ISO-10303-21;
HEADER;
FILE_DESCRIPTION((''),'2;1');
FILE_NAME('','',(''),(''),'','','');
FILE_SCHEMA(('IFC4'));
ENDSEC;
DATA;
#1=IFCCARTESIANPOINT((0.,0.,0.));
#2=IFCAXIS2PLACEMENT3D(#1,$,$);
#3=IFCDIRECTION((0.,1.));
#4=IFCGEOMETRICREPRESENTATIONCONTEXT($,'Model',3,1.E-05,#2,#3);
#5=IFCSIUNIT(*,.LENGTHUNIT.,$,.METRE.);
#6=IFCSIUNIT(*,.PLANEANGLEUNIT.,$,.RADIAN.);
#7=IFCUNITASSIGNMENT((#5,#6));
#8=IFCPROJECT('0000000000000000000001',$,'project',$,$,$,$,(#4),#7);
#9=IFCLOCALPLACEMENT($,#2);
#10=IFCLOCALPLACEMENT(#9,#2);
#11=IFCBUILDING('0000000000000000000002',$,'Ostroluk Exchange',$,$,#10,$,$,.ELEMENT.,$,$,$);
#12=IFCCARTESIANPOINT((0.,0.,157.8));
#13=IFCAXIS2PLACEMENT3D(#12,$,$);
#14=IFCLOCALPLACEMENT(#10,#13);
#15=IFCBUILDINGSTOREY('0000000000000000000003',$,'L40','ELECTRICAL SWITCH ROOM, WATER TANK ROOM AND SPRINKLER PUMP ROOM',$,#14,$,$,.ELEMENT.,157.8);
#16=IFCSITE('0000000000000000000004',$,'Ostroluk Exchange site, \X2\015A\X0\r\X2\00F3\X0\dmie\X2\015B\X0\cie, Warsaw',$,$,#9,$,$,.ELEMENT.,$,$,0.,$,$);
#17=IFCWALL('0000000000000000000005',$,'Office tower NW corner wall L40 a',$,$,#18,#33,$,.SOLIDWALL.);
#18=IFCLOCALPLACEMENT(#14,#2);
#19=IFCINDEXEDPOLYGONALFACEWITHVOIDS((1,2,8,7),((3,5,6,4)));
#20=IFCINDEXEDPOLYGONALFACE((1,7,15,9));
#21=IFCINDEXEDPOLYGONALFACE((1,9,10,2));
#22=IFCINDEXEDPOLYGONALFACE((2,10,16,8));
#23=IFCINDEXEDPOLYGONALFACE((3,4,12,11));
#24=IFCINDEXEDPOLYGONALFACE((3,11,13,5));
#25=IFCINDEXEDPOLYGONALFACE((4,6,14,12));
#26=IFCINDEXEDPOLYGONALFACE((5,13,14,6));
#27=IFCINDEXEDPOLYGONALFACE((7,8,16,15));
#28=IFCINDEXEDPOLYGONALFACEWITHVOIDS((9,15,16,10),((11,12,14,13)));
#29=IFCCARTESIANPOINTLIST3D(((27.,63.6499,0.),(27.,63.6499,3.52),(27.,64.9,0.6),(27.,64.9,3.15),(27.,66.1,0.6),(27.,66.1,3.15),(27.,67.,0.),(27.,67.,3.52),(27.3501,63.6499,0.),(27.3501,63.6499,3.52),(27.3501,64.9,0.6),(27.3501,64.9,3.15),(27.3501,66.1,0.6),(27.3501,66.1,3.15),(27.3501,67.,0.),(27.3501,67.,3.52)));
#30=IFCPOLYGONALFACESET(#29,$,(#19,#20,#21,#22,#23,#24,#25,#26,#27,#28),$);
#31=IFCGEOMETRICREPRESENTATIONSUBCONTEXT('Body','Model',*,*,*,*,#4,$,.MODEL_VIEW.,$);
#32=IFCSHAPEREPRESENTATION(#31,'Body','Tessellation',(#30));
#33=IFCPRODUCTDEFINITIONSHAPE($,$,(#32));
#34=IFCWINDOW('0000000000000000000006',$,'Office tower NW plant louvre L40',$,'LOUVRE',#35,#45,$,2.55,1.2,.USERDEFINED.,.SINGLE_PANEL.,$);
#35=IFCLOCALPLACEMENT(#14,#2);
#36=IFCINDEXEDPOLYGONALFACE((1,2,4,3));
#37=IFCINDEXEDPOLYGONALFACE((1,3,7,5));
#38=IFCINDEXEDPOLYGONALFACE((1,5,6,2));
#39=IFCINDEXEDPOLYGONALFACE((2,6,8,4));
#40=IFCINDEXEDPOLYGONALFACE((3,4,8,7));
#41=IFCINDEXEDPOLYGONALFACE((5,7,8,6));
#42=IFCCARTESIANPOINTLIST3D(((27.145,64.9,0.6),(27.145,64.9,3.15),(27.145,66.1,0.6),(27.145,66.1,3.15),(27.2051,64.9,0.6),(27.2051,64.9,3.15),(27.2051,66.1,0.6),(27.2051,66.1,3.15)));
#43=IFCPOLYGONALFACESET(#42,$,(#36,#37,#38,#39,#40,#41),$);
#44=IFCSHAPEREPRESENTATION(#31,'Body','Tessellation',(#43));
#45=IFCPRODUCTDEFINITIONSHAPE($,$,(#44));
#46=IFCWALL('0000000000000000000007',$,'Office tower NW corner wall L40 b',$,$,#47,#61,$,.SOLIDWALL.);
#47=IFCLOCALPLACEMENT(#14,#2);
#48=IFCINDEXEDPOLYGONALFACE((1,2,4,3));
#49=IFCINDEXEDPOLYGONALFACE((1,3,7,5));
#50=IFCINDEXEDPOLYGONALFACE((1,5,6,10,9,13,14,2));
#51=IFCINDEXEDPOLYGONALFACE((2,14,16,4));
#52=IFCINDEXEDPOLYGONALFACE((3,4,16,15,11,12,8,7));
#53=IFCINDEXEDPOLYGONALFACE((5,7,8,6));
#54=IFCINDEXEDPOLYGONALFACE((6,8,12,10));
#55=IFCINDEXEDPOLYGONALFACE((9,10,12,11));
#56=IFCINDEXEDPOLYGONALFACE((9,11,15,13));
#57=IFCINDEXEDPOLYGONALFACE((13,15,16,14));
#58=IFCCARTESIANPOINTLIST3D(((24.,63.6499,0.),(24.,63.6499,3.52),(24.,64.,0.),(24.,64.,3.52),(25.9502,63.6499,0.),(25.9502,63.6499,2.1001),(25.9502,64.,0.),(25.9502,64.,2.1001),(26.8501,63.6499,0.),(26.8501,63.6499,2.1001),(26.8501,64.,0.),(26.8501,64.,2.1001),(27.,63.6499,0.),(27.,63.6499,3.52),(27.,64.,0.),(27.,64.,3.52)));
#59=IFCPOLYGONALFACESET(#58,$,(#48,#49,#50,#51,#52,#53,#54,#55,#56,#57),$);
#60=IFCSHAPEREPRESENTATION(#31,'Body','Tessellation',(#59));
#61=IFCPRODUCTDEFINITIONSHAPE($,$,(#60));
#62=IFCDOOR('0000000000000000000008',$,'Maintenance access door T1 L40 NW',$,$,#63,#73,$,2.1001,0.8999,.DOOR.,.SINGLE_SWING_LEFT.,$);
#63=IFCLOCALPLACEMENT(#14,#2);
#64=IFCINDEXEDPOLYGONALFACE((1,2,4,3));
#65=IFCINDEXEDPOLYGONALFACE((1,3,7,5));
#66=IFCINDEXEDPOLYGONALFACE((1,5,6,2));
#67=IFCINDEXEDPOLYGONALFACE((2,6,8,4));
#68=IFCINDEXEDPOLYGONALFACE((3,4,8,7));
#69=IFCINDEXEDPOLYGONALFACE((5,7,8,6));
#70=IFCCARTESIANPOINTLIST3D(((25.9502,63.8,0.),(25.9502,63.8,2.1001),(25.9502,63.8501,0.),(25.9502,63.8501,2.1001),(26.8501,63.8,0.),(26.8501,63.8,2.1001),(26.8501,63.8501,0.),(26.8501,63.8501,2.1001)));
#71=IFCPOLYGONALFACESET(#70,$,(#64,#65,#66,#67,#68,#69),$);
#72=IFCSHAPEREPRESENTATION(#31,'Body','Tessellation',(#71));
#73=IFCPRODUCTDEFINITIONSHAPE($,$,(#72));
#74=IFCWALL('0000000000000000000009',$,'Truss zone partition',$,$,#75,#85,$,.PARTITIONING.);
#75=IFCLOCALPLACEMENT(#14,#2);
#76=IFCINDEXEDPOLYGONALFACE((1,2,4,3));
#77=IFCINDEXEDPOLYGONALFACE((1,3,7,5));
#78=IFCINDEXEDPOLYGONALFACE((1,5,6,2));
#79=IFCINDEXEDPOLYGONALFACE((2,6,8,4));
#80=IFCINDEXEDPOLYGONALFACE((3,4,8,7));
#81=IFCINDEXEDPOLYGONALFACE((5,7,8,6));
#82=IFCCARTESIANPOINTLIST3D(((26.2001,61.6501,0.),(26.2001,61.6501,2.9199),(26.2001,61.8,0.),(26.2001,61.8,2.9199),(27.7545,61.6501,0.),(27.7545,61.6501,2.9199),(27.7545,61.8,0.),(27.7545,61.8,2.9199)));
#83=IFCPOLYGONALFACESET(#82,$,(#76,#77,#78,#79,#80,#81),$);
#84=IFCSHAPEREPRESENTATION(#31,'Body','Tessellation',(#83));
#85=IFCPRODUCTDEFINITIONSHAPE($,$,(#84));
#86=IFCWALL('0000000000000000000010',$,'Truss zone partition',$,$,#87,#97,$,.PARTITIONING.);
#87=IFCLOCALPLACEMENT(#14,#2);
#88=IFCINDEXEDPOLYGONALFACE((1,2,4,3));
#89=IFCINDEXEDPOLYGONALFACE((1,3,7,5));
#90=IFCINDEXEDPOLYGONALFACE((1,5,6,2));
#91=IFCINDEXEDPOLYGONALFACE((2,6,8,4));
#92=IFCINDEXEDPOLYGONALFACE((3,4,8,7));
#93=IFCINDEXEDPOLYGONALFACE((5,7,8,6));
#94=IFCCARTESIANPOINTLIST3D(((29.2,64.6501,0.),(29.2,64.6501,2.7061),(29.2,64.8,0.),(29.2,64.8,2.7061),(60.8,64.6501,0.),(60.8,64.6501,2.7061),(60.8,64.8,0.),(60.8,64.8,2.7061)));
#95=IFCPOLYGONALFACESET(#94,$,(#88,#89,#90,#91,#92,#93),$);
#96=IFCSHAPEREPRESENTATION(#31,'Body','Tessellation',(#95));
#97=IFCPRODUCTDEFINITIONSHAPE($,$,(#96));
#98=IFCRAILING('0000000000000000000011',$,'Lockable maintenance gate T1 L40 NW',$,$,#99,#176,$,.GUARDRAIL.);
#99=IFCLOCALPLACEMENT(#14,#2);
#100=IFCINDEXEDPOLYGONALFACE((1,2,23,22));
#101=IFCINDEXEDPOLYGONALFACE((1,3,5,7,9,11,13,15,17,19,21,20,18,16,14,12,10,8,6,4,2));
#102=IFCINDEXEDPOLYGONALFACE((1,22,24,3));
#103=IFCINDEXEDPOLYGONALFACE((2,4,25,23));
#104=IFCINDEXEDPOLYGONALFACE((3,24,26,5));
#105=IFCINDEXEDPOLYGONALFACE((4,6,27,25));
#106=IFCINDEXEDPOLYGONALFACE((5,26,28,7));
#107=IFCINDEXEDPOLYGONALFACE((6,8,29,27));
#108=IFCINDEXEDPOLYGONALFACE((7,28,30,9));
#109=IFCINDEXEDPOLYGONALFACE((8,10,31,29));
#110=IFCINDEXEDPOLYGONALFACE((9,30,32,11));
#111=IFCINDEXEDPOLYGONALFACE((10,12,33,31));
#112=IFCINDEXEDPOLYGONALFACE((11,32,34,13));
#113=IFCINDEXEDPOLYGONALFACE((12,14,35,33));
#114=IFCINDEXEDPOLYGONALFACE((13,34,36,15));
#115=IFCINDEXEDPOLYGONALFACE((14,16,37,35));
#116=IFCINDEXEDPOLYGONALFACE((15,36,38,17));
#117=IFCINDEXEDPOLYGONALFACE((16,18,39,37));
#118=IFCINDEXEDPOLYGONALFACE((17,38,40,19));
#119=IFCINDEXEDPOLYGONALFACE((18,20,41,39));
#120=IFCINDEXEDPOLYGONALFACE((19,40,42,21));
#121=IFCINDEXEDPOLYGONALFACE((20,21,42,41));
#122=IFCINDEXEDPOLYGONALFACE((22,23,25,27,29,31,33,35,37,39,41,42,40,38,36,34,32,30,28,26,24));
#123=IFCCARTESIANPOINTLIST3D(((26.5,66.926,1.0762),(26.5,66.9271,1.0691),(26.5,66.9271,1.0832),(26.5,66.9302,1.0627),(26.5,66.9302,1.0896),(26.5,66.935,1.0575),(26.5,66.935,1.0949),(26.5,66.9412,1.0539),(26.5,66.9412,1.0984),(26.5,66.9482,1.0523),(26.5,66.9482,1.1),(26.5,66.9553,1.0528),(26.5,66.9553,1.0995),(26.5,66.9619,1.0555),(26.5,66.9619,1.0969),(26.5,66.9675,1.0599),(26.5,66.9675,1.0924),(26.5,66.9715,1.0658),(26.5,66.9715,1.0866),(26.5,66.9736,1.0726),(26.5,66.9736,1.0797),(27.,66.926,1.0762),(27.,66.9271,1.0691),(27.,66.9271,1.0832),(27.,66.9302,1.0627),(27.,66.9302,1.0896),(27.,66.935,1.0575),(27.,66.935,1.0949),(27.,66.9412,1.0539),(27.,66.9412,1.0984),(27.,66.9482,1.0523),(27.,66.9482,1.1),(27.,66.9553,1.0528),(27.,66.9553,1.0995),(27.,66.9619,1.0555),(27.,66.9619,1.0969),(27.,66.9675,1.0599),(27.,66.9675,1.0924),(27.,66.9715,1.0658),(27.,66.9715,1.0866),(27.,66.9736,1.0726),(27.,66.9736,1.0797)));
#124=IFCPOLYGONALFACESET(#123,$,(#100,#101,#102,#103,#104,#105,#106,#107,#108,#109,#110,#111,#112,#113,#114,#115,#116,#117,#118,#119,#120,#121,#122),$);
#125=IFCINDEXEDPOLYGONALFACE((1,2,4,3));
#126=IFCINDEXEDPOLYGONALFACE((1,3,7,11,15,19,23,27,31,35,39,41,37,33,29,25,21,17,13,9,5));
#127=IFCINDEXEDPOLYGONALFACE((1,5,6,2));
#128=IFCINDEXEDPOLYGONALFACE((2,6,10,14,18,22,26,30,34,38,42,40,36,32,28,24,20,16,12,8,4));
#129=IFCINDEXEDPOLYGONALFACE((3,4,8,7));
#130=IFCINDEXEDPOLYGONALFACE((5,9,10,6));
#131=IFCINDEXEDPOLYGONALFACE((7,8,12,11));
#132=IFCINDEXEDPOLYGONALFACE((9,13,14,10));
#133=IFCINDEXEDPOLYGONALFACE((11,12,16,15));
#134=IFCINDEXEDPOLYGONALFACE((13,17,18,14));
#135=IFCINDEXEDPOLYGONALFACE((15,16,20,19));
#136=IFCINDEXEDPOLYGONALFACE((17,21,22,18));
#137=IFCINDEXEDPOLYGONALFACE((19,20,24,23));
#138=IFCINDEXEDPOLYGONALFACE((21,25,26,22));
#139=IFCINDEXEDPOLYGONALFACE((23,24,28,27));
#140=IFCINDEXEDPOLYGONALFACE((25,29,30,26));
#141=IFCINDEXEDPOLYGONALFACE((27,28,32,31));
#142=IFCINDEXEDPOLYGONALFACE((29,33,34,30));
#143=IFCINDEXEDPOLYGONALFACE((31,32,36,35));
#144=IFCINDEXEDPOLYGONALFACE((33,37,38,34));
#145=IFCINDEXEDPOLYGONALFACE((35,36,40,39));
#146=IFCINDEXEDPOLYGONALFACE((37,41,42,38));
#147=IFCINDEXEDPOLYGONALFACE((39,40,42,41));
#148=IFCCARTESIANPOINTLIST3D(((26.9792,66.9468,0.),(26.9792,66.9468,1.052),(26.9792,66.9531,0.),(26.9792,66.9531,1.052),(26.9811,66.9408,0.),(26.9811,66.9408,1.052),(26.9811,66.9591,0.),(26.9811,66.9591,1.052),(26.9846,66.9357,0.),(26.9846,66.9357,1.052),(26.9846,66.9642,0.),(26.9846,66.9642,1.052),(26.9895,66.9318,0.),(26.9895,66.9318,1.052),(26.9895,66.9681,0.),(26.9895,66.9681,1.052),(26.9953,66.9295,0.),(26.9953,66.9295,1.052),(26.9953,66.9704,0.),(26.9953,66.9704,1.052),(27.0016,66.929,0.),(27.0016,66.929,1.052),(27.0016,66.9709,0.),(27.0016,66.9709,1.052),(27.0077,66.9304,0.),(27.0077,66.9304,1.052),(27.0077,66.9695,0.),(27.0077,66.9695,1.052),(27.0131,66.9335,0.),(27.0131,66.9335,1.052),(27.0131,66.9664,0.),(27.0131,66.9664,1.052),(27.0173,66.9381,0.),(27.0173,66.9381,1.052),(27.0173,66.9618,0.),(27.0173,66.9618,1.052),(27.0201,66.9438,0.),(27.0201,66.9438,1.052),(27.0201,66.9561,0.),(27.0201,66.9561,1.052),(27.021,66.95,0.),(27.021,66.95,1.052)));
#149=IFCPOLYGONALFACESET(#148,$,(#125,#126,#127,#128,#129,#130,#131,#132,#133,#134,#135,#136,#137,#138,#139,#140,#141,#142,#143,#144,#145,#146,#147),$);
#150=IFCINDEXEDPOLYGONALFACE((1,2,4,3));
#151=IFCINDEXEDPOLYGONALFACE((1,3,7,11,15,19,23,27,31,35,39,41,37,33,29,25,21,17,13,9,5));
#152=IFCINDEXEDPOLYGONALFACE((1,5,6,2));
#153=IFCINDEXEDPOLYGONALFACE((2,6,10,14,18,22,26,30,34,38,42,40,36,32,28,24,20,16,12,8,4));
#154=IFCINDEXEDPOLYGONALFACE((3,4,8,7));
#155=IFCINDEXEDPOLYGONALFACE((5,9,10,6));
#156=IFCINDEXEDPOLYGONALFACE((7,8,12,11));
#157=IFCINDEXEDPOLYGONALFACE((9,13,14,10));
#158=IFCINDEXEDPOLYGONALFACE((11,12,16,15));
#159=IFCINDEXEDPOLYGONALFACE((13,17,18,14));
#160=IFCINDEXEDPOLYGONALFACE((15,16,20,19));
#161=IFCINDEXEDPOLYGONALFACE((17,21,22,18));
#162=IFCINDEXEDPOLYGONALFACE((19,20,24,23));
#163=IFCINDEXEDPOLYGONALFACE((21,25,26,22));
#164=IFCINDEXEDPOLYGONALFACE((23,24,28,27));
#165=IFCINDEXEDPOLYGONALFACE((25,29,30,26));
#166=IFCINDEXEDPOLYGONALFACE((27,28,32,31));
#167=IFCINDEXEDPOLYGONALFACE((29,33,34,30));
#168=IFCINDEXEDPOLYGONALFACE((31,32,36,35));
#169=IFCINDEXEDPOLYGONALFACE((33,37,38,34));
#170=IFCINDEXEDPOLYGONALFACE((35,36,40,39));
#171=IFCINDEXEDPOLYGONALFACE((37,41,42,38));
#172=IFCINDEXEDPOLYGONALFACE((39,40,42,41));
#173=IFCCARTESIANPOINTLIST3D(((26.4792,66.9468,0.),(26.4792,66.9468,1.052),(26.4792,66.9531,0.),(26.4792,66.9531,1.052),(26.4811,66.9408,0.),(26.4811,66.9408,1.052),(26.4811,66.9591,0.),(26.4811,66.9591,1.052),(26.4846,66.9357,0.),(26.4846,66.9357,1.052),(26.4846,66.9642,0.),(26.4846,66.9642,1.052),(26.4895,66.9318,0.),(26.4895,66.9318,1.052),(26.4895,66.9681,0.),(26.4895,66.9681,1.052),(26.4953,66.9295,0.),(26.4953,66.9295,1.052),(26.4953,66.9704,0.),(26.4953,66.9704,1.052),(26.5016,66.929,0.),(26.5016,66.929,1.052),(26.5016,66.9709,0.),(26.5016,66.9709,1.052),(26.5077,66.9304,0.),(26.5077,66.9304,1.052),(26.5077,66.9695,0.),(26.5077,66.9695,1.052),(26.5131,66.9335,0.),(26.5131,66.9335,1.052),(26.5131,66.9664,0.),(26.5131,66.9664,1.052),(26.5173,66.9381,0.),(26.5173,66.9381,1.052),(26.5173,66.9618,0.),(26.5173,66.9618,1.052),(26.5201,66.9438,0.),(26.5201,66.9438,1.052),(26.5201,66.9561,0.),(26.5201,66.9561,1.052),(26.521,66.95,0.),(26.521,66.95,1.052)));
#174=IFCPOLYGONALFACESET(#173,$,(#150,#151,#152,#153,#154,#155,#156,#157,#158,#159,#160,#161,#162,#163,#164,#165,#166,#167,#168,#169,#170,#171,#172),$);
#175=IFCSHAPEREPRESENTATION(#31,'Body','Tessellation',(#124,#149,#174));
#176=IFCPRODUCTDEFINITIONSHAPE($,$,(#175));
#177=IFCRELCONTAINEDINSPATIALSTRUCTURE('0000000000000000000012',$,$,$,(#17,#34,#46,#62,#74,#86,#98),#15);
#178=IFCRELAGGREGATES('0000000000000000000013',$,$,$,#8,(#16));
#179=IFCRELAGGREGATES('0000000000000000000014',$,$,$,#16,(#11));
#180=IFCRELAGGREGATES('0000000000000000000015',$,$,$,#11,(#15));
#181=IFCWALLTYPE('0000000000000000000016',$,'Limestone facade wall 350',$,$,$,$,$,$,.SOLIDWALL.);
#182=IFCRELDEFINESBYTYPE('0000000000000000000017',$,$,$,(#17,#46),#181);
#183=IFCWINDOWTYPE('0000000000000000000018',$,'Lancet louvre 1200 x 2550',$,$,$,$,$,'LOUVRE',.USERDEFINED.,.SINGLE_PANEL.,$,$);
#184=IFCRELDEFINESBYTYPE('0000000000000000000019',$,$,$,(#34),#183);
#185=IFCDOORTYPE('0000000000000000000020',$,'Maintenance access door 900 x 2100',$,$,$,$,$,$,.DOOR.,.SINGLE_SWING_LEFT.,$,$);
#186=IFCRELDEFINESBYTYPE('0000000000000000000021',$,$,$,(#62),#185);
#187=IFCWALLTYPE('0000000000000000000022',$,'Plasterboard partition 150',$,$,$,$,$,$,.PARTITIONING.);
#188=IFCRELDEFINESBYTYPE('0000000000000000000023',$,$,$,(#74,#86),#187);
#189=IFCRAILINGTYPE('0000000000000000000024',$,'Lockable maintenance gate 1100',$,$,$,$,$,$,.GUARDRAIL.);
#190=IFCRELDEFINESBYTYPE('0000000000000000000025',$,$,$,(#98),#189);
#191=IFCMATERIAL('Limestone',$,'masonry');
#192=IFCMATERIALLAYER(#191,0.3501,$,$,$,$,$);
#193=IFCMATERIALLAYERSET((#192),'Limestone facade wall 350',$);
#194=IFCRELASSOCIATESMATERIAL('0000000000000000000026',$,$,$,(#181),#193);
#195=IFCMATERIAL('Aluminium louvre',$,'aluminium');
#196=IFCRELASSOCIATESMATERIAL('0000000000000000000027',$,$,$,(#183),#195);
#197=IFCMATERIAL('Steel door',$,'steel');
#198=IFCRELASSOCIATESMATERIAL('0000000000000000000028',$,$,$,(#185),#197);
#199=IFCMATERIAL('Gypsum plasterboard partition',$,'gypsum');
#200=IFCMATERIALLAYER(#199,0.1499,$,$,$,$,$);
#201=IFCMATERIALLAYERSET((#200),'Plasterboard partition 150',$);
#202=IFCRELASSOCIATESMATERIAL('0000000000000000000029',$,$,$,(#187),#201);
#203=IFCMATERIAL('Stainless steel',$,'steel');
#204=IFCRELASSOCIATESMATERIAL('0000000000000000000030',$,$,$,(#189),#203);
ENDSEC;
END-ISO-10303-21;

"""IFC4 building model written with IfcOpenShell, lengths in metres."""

from ifc_helpers import new_model, si_unit, direction, frame, frame_2d, origin, origin_2d, place, context, subcontext, project, spatial, rectangle, circle, extrude, material, layer, layer_set, type_object, element, fill, save


model = new_model("IFC4")

# Units and contexts
model_context = context("Model", 3, precision=1e-05, world=origin(), true_north=direction((0.0, 1.0)))
body_context = subcontext(model_context, "Body", "Model", "MODEL_VIEW")
ifc_project = project(units=[si_unit("LENGTHUNIT", "METRE"), si_unit("PLANEANGLEUNIT", "RADIAN")], contexts=[model_context])

# Site, building, storey
site_placement = place(None, origin())
site = spatial("IfcSite", under=ifc_project, at=site_placement, Name="Ostroluk Exchange site, Śródmieście, Warsaw", CompositionType="ELEMENT", RefElevation=0.0)
building_placement = place(site_placement, origin())
building = spatial("IfcBuilding", under=site, at=building_placement, Name="Ostroluk Exchange", CompositionType="ELEMENT")
storey_placement = place(building_placement, frame((0.0, 0.0, 157.8)))
storey = spatial("IfcBuildingStorey", under=building, at=storey_placement, Name="L40", Description="ELECTRICAL SWITCH ROOM, WATER TANK ROOM AND SPRINKLER PUMP ROOM", CompositionType="ELEMENT", Elevation=157.8)

# Wall, opening, window
ifc_material_1 = material(Name="Limestone", Category="masonry")
ifc_layer_1 = layer(ifc_material_1, 0.3501)
ifc_layer_set_1 = layer_set([ifc_layer_1], Name="Limestone facade wall 350")
wall_type_1 = type_object("IfcWallType", Name="Limestone facade wall 350", PredefinedType="SOLIDWALL", material=ifc_layer_set_1)
wall_1_placement = place(storey_placement, frame((27.175, 67.0, 0.0), z_axis=(0.0, 0.0, 1.0), x_axis=(0.0, -1.0, 0.0)))
wall_1 = element("IfcWall", 1, at=wall_1_placement, inside=storey, type_object=wall_type_1, Name="Office tower NW corner wall L40 a", PredefinedType="SOLIDWALL", context=body_context, shape_type="SweptSolid", body=[
    extrude(rectangle(XDim=3.3501, YDim=0.3501, at=frame_2d((1.675, 0.0))), origin(), (0.0, 0.0, 1.0), 3.52),
])
opening_1_placement = place(wall_1_placement, frame((0.8999, 0.0, 0.6001)))
opening_1 = element("IfcOpeningElement", 2, at=opening_1_placement, cuts=wall_1, PredefinedType="OPENING", context=body_context, shape_type="SweptSolid", body=[
    extrude(rectangle(XDim=1.2, YDim=2.55, at=frame_2d((0.6001, 1.2749))), frame((0.0, 0.1851, 0.0), z_axis=(0.0, -1.0, 0.0), x_axis=(1.0, 0.0, 0.0)), (0.0, 0.0, 1.0), 0.3701),
])
ifc_material_2 = material(Name="Aluminium louvre", Category="aluminium")
window_type = type_object("IfcWindowType", Name="Lancet louvre 1200 x 2550", ElementType="LOUVRE", PartitioningType="SINGLE_PANEL", PredefinedType="USERDEFINED", material=ifc_material_2)
window_placement = place(opening_1_placement, origin())
window = element("IfcWindow", 3, at=window_placement, inside=storey, type_object=window_type, Name="Office tower NW plant louvre L40", ObjectType="LOUVRE", OverallHeight=2.55, OverallWidth=1.2, PartitioningType="SINGLE_PANEL", PredefinedType="USERDEFINED", context=body_context, shape_type="SweptSolid", body=[
    extrude(rectangle(XDim=1.2, YDim=2.55, at=frame_2d((0.6001, 1.2749))), frame((0.0, 0.03, 0.0), z_axis=(0.0, -1.0, 0.0), x_axis=(1.0, 0.0, 0.0)), (0.0, 0.0, 1.0), 0.0601),
])
fill(opening_1, window)

# Wall, opening, door
wall_2_placement = place(storey_placement, frame((27.0, 63.825, 0.0), z_axis=(0.0, 0.0, 1.0), x_axis=(-1.0, 0.0, 0.0)))
wall_2 = element("IfcWall", 4, at=wall_2_placement, inside=storey, type_object=wall_type_1, Name="Office tower NW corner wall L40 b", PredefinedType="SOLIDWALL", context=body_context, shape_type="SweptSolid", body=[
    extrude(rectangle(XDim=3.0, YDim=0.3501, at=frame_2d((1.5, 0.0))), origin(), (0.0, 0.0, 1.0), 3.52),
])
opening_2_placement = place(wall_2_placement, frame((0.1499, 0.0, 0.0)))
opening_2 = element("IfcOpeningElement", 5, at=opening_2_placement, cuts=wall_2, PredefinedType="OPENING", context=body_context, shape_type="SweptSolid", body=[
    extrude(rectangle(XDim=0.8999, YDim=2.1001, at=frame_2d((0.45, 1.05))), frame((0.0, 0.1851, 0.0), z_axis=(0.0, -1.0, 0.0), x_axis=(1.0, 0.0, 0.0)), (0.0, 0.0, 1.0), 0.3701),
])
ifc_material_3 = material(Name="Steel door", Category="steel")
door_type = type_object("IfcDoorType", Name="Maintenance access door 900 x 2100", OperationType="SINGLE_SWING_LEFT", PredefinedType="DOOR", material=ifc_material_3)
door_placement = place(opening_2_placement, origin())
door = element("IfcDoor", 6, at=door_placement, inside=storey, type_object=door_type, Name="Maintenance access door T1 L40 NW", OperationType="SINGLE_SWING_LEFT", OverallHeight=2.1001, OverallWidth=0.8999, PredefinedType="DOOR", context=body_context, shape_type="SweptSolid", body=[
    extrude(rectangle(XDim=0.8999, YDim=2.1001, at=frame_2d((0.45, 1.05))), frame((0.0, 0.0249, 0.0), z_axis=(0.0, -1.0, 0.0), x_axis=(1.0, 0.0, 0.0)), (0.0, 0.0, 1.0), 0.05),
])
fill(opening_2, door)

# Walls
ifc_material_4 = material(Name="Gypsum plasterboard partition", Category="gypsum")
ifc_layer_2 = layer(ifc_material_4, 0.1499)
ifc_layer_set_2 = layer_set([ifc_layer_2], Name="Plasterboard partition 150")
wall_type_2 = type_object("IfcWallType", Name="Plasterboard partition 150", PredefinedType="PARTITIONING", material=ifc_layer_set_2)
wall_3_placement = place(storey_placement, frame((26.2, 61.7251, 0.0), z_axis=(0.0, 0.0, 1.0), x_axis=(1.0, 0.0, 0.0)))
element("IfcWall", 7, at=wall_3_placement, inside=storey, type_object=wall_type_2, Name="Truss zone partition", PredefinedType="PARTITIONING", context=body_context, shape_type="SweptSolid", body=[
    extrude(rectangle(XDim=1.5544, YDim=0.1499, at=frame_2d((0.7773, 0.0))), origin(), (0.0, 0.0, 1.0), 2.9199),
])
wall_4_placement = place(storey_placement, frame((29.2, 64.7251, 0.0), z_axis=(0.0, 0.0, 1.0), x_axis=(1.0, 0.0, 0.0)))
element("IfcWall", 8, at=wall_4_placement, inside=storey, type_object=wall_type_2, Name="Truss zone partition", PredefinedType="PARTITIONING", context=body_context, shape_type="SweptSolid", body=[
    extrude(rectangle(XDim=31.6001, YDim=0.1499, at=frame_2d((15.8, 0.0))), origin(), (0.0, 0.0, 1.0), 2.7061),
])

# Railing
ifc_material_5 = material(Name="Stainless steel", Category="steel")
railing_type_1 = type_object("IfcRailingType", Name="Lockable maintenance gate 1100", PredefinedType="GUARDRAIL", material=ifc_material_5)
railing_1_placement = place(storey_placement, frame((27.0, 66.95, 0.0)))
element("IfcRailing", 9, at=railing_1_placement, inside=storey, type_object=railing_type_1, Name="Lockable maintenance gate T1 L40 NW", PredefinedType="GUARDRAIL", context=body_context, shape_type="SweptSolid", body=[
    extrude(circle(Radius=0.0239, at=origin_2d()), frame((0.0, 0.0, 1.0762), z_axis=(-1.0, 0.0, 0.0), x_axis=(0.0, -1.0, 0.0)), (0.0, 0.0, 1.0), 0.5),
    extrude(circle(Radius=0.021, at=origin_2d()), origin(), (0.0, 0.0, 1.0), 1.052),
    extrude(circle(Radius=0.021, at=origin_2d()), frame((-0.5, 0.0, 0.0)), (0.0, 0.0, 1.0), 1.052),
])

save(model, "model.ifc")
